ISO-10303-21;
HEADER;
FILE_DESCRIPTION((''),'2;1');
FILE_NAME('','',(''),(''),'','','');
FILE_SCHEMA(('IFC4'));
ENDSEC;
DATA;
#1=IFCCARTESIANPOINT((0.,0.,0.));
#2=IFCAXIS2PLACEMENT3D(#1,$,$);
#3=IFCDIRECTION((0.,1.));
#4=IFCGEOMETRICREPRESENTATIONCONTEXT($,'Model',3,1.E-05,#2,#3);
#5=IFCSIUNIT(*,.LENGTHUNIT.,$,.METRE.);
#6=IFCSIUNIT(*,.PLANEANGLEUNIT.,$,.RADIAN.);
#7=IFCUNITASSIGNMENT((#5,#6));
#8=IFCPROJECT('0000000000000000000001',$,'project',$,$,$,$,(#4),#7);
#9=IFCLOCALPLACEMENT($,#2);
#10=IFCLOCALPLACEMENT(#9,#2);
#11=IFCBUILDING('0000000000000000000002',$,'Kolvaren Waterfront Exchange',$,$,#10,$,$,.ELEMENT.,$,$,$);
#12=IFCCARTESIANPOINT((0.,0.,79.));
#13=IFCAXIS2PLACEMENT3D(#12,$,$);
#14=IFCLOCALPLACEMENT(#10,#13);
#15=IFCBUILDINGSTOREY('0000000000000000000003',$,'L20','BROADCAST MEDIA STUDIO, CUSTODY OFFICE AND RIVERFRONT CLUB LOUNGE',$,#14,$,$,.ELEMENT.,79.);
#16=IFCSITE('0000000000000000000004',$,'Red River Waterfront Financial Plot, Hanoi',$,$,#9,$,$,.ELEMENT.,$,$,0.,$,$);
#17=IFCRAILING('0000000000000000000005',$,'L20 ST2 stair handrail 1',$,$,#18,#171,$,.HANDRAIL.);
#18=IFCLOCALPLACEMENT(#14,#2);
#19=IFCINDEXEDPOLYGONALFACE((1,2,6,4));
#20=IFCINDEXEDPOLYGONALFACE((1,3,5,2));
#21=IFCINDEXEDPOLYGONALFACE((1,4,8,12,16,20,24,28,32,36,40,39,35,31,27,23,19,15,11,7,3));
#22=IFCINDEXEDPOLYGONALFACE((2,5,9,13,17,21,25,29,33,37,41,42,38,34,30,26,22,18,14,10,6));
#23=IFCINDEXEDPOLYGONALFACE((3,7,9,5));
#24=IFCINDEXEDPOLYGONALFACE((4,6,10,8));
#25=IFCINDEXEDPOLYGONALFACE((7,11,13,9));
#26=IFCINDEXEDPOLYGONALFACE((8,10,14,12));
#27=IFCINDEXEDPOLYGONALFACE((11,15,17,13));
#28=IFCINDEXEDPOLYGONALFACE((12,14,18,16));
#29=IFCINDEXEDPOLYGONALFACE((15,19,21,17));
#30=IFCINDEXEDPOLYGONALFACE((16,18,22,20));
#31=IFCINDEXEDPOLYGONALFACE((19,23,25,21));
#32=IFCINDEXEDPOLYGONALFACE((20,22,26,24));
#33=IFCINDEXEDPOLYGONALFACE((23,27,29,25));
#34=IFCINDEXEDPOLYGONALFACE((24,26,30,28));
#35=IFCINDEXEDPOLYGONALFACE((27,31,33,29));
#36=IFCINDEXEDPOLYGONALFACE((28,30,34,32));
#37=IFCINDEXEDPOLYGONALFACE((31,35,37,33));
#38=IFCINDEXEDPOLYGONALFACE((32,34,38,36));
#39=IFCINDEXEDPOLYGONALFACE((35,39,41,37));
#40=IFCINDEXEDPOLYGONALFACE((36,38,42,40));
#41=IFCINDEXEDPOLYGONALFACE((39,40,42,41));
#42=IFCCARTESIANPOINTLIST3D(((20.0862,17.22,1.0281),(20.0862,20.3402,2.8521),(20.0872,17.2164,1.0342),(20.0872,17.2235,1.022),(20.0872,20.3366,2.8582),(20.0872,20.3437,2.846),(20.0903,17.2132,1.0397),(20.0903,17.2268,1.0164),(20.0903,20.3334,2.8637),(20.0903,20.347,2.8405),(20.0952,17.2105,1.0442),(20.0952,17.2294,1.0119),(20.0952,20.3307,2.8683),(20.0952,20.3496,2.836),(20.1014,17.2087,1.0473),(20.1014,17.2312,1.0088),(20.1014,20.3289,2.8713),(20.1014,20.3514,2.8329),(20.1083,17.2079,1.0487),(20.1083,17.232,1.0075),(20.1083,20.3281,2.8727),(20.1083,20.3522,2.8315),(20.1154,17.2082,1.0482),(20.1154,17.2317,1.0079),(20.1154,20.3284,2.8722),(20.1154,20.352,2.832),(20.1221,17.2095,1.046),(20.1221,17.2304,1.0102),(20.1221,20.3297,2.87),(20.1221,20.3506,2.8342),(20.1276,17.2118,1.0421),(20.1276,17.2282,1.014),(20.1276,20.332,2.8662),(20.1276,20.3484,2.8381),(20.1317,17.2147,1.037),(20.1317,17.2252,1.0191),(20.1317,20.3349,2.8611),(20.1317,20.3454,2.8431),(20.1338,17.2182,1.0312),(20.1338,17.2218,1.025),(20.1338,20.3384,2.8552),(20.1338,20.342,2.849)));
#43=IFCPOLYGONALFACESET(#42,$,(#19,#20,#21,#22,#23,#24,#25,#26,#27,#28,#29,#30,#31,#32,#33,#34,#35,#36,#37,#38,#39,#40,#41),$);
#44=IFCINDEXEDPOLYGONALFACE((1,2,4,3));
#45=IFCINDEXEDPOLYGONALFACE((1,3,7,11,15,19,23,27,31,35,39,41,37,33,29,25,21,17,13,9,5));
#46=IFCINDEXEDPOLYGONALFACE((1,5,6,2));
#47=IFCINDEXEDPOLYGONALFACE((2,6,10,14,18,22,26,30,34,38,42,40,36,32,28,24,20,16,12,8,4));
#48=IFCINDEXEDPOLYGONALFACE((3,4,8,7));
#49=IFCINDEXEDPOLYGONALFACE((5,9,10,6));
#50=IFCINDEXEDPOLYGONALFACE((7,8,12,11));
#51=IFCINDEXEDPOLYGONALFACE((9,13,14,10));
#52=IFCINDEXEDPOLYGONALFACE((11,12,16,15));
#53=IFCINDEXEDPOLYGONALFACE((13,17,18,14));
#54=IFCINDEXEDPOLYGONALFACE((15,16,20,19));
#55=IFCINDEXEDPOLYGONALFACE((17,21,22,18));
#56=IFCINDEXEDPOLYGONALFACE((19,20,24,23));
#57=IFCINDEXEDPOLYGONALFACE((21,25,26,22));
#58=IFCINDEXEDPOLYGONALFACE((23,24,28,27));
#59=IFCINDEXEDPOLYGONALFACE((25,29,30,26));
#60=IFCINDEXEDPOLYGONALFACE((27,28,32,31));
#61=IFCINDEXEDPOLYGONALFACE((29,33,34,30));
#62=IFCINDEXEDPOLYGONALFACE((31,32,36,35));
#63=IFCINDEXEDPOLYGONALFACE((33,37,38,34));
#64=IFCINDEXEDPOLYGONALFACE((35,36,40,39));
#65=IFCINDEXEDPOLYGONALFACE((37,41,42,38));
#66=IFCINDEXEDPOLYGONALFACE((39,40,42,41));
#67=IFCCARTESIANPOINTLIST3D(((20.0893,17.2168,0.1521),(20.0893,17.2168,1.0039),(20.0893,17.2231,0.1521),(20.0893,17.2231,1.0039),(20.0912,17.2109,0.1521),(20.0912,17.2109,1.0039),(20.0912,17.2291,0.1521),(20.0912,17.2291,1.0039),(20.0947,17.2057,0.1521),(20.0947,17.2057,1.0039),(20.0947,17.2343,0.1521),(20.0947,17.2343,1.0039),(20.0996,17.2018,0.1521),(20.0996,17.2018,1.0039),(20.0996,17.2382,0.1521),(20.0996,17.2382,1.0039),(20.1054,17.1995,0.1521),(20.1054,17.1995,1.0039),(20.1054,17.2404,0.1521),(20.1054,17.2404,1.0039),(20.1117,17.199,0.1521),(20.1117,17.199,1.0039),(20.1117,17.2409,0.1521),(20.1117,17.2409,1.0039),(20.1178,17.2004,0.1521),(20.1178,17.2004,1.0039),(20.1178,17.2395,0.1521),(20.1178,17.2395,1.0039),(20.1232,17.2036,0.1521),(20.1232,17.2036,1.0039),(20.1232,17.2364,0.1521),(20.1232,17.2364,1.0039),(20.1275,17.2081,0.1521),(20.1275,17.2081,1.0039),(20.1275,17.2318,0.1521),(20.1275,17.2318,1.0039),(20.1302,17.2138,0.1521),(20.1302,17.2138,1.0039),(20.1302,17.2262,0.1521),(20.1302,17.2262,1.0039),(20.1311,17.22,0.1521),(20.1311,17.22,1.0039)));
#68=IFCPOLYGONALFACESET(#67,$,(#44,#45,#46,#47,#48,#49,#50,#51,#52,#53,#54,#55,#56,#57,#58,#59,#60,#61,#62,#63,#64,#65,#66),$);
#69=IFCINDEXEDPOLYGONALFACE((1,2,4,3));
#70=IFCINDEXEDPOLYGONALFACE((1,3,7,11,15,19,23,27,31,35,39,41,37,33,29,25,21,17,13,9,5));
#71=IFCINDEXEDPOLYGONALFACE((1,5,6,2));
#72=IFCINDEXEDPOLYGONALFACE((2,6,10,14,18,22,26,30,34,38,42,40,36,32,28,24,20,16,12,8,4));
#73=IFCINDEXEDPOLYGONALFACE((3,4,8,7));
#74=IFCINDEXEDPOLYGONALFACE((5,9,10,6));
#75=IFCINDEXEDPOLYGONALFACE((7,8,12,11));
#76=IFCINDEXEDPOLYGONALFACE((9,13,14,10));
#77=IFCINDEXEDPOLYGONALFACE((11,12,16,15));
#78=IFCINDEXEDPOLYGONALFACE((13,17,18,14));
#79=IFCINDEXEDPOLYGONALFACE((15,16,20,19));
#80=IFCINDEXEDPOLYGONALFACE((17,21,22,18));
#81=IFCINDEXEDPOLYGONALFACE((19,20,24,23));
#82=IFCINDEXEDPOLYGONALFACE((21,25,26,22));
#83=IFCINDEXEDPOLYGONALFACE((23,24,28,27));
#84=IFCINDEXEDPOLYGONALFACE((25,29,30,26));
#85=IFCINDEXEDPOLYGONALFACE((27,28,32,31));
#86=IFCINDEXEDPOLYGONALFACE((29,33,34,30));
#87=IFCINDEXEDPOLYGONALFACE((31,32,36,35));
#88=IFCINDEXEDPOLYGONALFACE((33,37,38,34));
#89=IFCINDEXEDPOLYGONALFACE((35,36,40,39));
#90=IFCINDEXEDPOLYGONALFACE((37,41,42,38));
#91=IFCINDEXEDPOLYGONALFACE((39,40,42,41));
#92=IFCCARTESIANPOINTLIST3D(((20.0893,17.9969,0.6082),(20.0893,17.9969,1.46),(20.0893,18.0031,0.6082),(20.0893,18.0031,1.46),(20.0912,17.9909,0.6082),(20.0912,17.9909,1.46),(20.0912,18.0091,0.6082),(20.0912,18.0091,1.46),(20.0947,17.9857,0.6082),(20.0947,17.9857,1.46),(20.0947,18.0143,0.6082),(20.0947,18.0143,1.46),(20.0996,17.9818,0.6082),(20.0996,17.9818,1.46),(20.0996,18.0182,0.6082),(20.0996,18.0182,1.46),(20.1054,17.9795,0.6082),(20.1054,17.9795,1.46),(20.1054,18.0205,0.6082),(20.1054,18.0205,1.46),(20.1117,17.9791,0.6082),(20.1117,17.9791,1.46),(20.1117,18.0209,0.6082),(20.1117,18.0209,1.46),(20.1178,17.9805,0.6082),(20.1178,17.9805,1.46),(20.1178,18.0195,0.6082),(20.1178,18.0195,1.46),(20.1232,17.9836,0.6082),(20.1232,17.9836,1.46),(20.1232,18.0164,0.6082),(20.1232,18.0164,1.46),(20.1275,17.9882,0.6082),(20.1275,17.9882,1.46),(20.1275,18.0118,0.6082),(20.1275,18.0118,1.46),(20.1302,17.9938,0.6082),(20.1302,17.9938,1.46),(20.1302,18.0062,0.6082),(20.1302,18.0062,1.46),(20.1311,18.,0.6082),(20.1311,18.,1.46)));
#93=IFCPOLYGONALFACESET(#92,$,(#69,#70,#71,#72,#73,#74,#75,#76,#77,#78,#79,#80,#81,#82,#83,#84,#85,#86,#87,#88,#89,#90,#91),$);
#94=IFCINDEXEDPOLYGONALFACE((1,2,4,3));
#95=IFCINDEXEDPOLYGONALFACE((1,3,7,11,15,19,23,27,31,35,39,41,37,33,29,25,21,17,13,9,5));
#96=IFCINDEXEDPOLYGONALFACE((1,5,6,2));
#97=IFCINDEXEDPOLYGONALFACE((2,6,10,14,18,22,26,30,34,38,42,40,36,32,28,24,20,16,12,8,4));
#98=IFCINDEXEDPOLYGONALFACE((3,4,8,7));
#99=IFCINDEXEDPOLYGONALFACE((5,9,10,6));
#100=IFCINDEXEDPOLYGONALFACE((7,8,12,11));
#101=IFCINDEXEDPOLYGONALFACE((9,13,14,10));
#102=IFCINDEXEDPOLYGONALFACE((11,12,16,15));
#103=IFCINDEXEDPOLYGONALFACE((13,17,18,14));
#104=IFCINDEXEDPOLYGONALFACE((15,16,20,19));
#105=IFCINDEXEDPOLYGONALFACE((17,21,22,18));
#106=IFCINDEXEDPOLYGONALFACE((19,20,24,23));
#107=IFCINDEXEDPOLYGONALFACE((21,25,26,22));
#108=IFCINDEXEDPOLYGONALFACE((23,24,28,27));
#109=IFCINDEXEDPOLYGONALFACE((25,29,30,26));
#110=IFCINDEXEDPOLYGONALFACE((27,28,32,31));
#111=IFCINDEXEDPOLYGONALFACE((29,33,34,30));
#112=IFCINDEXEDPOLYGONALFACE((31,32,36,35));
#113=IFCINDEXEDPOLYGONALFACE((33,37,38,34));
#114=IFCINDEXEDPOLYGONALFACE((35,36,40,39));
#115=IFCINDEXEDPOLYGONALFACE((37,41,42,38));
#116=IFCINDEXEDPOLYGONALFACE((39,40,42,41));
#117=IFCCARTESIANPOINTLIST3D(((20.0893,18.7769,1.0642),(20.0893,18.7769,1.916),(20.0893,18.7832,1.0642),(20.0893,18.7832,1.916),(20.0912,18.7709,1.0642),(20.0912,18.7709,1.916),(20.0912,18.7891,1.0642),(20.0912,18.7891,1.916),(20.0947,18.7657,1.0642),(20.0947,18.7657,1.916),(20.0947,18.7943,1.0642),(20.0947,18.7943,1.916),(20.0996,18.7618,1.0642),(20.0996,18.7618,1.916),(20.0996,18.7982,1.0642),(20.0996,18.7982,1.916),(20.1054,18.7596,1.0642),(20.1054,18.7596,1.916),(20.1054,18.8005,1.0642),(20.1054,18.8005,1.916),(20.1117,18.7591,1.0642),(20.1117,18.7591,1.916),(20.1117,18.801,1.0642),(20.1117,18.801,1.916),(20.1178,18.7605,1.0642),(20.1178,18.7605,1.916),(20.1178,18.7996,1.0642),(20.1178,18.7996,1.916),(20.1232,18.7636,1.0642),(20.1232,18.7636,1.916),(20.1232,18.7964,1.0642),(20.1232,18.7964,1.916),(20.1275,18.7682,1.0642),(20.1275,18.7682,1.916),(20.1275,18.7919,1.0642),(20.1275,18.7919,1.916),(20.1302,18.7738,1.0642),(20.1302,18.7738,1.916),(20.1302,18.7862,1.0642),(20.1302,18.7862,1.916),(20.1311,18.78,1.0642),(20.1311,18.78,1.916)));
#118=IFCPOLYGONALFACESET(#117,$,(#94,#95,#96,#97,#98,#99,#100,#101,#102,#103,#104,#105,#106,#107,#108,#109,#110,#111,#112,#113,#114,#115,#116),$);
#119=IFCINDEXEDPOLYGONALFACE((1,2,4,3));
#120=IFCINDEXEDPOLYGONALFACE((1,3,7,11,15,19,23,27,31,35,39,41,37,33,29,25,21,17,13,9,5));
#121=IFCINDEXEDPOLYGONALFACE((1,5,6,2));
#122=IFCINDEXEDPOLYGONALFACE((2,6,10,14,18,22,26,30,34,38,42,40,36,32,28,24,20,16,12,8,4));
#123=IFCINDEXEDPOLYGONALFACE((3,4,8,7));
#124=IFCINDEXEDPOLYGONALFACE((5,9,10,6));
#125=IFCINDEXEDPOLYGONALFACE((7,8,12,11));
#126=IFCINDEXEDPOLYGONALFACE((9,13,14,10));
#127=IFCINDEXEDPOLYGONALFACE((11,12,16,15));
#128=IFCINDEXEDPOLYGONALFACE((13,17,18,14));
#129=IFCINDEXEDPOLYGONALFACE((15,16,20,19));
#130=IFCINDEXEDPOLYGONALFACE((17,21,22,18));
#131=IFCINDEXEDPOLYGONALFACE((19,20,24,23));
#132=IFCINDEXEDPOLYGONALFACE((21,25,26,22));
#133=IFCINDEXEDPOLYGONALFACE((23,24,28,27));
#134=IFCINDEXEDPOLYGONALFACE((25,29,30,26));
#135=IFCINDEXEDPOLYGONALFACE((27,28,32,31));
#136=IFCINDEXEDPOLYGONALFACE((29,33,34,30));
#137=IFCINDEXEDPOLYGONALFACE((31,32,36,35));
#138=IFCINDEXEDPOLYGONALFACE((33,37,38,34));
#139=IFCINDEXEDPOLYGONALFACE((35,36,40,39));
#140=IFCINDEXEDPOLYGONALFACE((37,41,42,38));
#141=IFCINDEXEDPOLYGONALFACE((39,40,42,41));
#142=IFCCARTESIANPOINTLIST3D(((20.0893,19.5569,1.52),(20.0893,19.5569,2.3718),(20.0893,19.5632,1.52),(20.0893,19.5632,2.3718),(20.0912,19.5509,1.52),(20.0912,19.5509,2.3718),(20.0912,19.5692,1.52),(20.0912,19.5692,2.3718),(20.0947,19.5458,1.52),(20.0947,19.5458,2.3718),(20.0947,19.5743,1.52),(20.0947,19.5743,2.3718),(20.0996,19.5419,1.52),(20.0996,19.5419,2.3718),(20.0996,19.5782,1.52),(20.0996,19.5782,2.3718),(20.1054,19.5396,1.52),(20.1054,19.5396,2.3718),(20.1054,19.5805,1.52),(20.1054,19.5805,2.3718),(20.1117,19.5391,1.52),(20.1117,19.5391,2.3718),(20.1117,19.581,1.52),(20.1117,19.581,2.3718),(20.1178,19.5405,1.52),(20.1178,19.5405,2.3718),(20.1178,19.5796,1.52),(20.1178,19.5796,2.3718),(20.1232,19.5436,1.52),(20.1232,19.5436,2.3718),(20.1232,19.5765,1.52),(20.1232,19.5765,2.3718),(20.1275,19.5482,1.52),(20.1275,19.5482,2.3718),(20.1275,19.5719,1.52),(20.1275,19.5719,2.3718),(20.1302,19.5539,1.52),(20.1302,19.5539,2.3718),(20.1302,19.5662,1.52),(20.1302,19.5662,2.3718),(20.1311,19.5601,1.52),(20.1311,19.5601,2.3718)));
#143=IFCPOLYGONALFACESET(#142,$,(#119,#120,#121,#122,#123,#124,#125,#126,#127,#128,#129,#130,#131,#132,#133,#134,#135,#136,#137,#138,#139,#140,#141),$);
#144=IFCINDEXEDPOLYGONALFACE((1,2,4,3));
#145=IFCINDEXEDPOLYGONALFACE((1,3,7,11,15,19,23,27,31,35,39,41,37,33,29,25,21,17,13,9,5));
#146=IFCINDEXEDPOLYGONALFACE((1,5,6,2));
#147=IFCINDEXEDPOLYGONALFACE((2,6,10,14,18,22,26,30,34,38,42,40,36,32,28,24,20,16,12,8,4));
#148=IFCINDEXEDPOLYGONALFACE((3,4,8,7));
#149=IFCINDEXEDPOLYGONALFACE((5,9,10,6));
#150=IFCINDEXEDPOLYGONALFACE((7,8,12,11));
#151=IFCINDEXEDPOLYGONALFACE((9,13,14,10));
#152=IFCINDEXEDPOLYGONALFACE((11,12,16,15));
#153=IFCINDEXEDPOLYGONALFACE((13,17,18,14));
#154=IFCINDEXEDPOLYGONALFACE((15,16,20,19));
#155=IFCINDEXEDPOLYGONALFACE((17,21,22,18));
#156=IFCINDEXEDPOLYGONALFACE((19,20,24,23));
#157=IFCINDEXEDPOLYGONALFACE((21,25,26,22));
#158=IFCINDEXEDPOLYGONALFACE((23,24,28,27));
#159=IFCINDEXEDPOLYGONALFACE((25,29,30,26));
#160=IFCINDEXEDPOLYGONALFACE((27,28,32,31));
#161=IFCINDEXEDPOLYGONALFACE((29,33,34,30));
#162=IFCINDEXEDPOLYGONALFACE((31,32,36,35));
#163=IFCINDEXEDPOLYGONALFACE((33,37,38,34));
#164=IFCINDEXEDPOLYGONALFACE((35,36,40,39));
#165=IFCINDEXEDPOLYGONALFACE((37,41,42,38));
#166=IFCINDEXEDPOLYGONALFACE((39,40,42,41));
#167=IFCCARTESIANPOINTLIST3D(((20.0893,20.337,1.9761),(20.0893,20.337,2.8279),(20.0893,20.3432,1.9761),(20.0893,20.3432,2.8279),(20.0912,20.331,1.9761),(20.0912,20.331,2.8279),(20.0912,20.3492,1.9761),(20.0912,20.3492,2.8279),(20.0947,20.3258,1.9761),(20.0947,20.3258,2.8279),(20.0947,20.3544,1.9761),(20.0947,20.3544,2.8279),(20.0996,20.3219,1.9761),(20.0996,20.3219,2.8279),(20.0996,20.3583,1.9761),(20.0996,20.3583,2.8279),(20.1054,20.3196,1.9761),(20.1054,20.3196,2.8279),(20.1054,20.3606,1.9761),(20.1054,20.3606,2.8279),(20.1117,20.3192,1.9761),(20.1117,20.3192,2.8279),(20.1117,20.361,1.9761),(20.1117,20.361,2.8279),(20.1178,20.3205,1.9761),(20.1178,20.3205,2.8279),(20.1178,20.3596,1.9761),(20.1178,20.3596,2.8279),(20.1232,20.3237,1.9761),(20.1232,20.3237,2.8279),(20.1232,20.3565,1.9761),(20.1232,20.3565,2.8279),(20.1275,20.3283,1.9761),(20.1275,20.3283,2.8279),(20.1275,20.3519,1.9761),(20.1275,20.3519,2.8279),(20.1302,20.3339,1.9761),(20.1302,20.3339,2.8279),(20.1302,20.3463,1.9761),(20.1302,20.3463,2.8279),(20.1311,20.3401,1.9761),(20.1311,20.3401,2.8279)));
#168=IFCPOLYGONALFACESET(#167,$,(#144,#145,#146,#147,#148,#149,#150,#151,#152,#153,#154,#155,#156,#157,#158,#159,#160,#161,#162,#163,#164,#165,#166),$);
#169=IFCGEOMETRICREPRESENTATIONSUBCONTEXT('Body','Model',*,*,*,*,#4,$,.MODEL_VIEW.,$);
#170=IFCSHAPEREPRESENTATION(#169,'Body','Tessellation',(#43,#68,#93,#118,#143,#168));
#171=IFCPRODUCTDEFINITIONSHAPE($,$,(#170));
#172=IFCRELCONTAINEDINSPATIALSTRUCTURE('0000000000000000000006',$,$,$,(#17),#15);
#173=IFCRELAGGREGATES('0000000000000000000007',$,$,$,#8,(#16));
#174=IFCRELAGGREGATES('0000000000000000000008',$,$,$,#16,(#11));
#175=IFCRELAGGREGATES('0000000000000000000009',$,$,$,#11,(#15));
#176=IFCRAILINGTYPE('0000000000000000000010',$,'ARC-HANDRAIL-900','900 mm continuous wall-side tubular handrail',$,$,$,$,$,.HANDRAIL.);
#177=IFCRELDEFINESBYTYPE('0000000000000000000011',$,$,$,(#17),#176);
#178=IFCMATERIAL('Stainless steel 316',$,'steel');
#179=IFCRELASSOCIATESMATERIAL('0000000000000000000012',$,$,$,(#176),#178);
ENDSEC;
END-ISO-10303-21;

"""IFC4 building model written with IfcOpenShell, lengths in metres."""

from ifc_helpers import new_model, si_unit, direction, frame, origin, origin_2d, place, context, subcontext, project, spatial, circle, extrude, material, type_object, element, save


model = new_model("IFC4")

# Units and contexts
model_context = context("Model", 3, precision=1e-05, world=origin(), true_north=direction((0.0, 1.0)))
body_context = subcontext(model_context, "Body", "Model", "MODEL_VIEW")
ifc_project = project(units=[si_unit("LENGTHUNIT", "METRE"), si_unit("PLANEANGLEUNIT", "RADIAN")], contexts=[model_context])

# Site, building, storey
site_placement = place(None, origin())
site = spatial("IfcSite", under=ifc_project, at=site_placement, Name="Red River Waterfront Financial Plot, Hanoi", CompositionType="ELEMENT", RefElevation=0.0)
building_placement = place(site_placement, origin())
building = spatial("IfcBuilding", under=site, at=building_placement, Name="Kolvaren Waterfront Exchange", CompositionType="ELEMENT")
storey_placement = place(building_placement, frame((0.0, 0.0, 79.0)))
storey = spatial("IfcBuildingStorey", under=building, at=storey_placement, Name="L20", Description="BROADCAST MEDIA STUDIO, CUSTODY OFFICE AND RIVERFRONT CLUB LOUNGE", CompositionType="ELEMENT", Elevation=79.0)

# Railing
ifc_material_1 = material(Name="Stainless steel 316", Category="steel")
railing_type = type_object("IfcRailingType", Name="ARC-HANDRAIL-900", Description="900 mm continuous wall-side tubular handrail", PredefinedType="HANDRAIL", material=ifc_material_1)
railing_1_placement = place(storey_placement, frame((20.1101, 17.22, 0.1521)))
element("IfcRailing", 1, at=railing_1_placement, inside=storey, type_object=railing_type, Name="L20 ST2 stair handrail 1", PredefinedType="HANDRAIL", context=body_context, shape_type="SweptSolid", body=[
    extrude(circle(Radius=0.0239, at=origin_2d()), frame((0.0, 0.0, 0.876), z_axis=(0.0, 0.863308, 0.504677), x_axis=(-1.0, 0.0, 0.0)), (0.0, 0.0, 1.0), 3.6143),
    extrude(circle(Radius=0.021, at=origin_2d()), origin(), (0.0, 0.0, 1.0), 0.8518),
    extrude(circle(Radius=0.021, at=origin_2d()), frame((0.0, 0.78, 0.4561)), (0.0, 0.0, 1.0), 0.8518),
    extrude(circle(Radius=0.021, at=origin_2d()), frame((0.0, 1.5601, 0.9121)), (0.0, 0.0, 1.0), 0.8518),
    extrude(circle(Radius=0.021, at=origin_2d()), frame((0.0, 2.3401, 1.3679)), (0.0, 0.0, 1.0), 0.8518),
    extrude(circle(Radius=0.021, at=origin_2d()), frame((0.0, 3.1201, 1.824)), (0.0, 0.0, 1.0), 0.8518),
])

save(model, "model.ifc")
